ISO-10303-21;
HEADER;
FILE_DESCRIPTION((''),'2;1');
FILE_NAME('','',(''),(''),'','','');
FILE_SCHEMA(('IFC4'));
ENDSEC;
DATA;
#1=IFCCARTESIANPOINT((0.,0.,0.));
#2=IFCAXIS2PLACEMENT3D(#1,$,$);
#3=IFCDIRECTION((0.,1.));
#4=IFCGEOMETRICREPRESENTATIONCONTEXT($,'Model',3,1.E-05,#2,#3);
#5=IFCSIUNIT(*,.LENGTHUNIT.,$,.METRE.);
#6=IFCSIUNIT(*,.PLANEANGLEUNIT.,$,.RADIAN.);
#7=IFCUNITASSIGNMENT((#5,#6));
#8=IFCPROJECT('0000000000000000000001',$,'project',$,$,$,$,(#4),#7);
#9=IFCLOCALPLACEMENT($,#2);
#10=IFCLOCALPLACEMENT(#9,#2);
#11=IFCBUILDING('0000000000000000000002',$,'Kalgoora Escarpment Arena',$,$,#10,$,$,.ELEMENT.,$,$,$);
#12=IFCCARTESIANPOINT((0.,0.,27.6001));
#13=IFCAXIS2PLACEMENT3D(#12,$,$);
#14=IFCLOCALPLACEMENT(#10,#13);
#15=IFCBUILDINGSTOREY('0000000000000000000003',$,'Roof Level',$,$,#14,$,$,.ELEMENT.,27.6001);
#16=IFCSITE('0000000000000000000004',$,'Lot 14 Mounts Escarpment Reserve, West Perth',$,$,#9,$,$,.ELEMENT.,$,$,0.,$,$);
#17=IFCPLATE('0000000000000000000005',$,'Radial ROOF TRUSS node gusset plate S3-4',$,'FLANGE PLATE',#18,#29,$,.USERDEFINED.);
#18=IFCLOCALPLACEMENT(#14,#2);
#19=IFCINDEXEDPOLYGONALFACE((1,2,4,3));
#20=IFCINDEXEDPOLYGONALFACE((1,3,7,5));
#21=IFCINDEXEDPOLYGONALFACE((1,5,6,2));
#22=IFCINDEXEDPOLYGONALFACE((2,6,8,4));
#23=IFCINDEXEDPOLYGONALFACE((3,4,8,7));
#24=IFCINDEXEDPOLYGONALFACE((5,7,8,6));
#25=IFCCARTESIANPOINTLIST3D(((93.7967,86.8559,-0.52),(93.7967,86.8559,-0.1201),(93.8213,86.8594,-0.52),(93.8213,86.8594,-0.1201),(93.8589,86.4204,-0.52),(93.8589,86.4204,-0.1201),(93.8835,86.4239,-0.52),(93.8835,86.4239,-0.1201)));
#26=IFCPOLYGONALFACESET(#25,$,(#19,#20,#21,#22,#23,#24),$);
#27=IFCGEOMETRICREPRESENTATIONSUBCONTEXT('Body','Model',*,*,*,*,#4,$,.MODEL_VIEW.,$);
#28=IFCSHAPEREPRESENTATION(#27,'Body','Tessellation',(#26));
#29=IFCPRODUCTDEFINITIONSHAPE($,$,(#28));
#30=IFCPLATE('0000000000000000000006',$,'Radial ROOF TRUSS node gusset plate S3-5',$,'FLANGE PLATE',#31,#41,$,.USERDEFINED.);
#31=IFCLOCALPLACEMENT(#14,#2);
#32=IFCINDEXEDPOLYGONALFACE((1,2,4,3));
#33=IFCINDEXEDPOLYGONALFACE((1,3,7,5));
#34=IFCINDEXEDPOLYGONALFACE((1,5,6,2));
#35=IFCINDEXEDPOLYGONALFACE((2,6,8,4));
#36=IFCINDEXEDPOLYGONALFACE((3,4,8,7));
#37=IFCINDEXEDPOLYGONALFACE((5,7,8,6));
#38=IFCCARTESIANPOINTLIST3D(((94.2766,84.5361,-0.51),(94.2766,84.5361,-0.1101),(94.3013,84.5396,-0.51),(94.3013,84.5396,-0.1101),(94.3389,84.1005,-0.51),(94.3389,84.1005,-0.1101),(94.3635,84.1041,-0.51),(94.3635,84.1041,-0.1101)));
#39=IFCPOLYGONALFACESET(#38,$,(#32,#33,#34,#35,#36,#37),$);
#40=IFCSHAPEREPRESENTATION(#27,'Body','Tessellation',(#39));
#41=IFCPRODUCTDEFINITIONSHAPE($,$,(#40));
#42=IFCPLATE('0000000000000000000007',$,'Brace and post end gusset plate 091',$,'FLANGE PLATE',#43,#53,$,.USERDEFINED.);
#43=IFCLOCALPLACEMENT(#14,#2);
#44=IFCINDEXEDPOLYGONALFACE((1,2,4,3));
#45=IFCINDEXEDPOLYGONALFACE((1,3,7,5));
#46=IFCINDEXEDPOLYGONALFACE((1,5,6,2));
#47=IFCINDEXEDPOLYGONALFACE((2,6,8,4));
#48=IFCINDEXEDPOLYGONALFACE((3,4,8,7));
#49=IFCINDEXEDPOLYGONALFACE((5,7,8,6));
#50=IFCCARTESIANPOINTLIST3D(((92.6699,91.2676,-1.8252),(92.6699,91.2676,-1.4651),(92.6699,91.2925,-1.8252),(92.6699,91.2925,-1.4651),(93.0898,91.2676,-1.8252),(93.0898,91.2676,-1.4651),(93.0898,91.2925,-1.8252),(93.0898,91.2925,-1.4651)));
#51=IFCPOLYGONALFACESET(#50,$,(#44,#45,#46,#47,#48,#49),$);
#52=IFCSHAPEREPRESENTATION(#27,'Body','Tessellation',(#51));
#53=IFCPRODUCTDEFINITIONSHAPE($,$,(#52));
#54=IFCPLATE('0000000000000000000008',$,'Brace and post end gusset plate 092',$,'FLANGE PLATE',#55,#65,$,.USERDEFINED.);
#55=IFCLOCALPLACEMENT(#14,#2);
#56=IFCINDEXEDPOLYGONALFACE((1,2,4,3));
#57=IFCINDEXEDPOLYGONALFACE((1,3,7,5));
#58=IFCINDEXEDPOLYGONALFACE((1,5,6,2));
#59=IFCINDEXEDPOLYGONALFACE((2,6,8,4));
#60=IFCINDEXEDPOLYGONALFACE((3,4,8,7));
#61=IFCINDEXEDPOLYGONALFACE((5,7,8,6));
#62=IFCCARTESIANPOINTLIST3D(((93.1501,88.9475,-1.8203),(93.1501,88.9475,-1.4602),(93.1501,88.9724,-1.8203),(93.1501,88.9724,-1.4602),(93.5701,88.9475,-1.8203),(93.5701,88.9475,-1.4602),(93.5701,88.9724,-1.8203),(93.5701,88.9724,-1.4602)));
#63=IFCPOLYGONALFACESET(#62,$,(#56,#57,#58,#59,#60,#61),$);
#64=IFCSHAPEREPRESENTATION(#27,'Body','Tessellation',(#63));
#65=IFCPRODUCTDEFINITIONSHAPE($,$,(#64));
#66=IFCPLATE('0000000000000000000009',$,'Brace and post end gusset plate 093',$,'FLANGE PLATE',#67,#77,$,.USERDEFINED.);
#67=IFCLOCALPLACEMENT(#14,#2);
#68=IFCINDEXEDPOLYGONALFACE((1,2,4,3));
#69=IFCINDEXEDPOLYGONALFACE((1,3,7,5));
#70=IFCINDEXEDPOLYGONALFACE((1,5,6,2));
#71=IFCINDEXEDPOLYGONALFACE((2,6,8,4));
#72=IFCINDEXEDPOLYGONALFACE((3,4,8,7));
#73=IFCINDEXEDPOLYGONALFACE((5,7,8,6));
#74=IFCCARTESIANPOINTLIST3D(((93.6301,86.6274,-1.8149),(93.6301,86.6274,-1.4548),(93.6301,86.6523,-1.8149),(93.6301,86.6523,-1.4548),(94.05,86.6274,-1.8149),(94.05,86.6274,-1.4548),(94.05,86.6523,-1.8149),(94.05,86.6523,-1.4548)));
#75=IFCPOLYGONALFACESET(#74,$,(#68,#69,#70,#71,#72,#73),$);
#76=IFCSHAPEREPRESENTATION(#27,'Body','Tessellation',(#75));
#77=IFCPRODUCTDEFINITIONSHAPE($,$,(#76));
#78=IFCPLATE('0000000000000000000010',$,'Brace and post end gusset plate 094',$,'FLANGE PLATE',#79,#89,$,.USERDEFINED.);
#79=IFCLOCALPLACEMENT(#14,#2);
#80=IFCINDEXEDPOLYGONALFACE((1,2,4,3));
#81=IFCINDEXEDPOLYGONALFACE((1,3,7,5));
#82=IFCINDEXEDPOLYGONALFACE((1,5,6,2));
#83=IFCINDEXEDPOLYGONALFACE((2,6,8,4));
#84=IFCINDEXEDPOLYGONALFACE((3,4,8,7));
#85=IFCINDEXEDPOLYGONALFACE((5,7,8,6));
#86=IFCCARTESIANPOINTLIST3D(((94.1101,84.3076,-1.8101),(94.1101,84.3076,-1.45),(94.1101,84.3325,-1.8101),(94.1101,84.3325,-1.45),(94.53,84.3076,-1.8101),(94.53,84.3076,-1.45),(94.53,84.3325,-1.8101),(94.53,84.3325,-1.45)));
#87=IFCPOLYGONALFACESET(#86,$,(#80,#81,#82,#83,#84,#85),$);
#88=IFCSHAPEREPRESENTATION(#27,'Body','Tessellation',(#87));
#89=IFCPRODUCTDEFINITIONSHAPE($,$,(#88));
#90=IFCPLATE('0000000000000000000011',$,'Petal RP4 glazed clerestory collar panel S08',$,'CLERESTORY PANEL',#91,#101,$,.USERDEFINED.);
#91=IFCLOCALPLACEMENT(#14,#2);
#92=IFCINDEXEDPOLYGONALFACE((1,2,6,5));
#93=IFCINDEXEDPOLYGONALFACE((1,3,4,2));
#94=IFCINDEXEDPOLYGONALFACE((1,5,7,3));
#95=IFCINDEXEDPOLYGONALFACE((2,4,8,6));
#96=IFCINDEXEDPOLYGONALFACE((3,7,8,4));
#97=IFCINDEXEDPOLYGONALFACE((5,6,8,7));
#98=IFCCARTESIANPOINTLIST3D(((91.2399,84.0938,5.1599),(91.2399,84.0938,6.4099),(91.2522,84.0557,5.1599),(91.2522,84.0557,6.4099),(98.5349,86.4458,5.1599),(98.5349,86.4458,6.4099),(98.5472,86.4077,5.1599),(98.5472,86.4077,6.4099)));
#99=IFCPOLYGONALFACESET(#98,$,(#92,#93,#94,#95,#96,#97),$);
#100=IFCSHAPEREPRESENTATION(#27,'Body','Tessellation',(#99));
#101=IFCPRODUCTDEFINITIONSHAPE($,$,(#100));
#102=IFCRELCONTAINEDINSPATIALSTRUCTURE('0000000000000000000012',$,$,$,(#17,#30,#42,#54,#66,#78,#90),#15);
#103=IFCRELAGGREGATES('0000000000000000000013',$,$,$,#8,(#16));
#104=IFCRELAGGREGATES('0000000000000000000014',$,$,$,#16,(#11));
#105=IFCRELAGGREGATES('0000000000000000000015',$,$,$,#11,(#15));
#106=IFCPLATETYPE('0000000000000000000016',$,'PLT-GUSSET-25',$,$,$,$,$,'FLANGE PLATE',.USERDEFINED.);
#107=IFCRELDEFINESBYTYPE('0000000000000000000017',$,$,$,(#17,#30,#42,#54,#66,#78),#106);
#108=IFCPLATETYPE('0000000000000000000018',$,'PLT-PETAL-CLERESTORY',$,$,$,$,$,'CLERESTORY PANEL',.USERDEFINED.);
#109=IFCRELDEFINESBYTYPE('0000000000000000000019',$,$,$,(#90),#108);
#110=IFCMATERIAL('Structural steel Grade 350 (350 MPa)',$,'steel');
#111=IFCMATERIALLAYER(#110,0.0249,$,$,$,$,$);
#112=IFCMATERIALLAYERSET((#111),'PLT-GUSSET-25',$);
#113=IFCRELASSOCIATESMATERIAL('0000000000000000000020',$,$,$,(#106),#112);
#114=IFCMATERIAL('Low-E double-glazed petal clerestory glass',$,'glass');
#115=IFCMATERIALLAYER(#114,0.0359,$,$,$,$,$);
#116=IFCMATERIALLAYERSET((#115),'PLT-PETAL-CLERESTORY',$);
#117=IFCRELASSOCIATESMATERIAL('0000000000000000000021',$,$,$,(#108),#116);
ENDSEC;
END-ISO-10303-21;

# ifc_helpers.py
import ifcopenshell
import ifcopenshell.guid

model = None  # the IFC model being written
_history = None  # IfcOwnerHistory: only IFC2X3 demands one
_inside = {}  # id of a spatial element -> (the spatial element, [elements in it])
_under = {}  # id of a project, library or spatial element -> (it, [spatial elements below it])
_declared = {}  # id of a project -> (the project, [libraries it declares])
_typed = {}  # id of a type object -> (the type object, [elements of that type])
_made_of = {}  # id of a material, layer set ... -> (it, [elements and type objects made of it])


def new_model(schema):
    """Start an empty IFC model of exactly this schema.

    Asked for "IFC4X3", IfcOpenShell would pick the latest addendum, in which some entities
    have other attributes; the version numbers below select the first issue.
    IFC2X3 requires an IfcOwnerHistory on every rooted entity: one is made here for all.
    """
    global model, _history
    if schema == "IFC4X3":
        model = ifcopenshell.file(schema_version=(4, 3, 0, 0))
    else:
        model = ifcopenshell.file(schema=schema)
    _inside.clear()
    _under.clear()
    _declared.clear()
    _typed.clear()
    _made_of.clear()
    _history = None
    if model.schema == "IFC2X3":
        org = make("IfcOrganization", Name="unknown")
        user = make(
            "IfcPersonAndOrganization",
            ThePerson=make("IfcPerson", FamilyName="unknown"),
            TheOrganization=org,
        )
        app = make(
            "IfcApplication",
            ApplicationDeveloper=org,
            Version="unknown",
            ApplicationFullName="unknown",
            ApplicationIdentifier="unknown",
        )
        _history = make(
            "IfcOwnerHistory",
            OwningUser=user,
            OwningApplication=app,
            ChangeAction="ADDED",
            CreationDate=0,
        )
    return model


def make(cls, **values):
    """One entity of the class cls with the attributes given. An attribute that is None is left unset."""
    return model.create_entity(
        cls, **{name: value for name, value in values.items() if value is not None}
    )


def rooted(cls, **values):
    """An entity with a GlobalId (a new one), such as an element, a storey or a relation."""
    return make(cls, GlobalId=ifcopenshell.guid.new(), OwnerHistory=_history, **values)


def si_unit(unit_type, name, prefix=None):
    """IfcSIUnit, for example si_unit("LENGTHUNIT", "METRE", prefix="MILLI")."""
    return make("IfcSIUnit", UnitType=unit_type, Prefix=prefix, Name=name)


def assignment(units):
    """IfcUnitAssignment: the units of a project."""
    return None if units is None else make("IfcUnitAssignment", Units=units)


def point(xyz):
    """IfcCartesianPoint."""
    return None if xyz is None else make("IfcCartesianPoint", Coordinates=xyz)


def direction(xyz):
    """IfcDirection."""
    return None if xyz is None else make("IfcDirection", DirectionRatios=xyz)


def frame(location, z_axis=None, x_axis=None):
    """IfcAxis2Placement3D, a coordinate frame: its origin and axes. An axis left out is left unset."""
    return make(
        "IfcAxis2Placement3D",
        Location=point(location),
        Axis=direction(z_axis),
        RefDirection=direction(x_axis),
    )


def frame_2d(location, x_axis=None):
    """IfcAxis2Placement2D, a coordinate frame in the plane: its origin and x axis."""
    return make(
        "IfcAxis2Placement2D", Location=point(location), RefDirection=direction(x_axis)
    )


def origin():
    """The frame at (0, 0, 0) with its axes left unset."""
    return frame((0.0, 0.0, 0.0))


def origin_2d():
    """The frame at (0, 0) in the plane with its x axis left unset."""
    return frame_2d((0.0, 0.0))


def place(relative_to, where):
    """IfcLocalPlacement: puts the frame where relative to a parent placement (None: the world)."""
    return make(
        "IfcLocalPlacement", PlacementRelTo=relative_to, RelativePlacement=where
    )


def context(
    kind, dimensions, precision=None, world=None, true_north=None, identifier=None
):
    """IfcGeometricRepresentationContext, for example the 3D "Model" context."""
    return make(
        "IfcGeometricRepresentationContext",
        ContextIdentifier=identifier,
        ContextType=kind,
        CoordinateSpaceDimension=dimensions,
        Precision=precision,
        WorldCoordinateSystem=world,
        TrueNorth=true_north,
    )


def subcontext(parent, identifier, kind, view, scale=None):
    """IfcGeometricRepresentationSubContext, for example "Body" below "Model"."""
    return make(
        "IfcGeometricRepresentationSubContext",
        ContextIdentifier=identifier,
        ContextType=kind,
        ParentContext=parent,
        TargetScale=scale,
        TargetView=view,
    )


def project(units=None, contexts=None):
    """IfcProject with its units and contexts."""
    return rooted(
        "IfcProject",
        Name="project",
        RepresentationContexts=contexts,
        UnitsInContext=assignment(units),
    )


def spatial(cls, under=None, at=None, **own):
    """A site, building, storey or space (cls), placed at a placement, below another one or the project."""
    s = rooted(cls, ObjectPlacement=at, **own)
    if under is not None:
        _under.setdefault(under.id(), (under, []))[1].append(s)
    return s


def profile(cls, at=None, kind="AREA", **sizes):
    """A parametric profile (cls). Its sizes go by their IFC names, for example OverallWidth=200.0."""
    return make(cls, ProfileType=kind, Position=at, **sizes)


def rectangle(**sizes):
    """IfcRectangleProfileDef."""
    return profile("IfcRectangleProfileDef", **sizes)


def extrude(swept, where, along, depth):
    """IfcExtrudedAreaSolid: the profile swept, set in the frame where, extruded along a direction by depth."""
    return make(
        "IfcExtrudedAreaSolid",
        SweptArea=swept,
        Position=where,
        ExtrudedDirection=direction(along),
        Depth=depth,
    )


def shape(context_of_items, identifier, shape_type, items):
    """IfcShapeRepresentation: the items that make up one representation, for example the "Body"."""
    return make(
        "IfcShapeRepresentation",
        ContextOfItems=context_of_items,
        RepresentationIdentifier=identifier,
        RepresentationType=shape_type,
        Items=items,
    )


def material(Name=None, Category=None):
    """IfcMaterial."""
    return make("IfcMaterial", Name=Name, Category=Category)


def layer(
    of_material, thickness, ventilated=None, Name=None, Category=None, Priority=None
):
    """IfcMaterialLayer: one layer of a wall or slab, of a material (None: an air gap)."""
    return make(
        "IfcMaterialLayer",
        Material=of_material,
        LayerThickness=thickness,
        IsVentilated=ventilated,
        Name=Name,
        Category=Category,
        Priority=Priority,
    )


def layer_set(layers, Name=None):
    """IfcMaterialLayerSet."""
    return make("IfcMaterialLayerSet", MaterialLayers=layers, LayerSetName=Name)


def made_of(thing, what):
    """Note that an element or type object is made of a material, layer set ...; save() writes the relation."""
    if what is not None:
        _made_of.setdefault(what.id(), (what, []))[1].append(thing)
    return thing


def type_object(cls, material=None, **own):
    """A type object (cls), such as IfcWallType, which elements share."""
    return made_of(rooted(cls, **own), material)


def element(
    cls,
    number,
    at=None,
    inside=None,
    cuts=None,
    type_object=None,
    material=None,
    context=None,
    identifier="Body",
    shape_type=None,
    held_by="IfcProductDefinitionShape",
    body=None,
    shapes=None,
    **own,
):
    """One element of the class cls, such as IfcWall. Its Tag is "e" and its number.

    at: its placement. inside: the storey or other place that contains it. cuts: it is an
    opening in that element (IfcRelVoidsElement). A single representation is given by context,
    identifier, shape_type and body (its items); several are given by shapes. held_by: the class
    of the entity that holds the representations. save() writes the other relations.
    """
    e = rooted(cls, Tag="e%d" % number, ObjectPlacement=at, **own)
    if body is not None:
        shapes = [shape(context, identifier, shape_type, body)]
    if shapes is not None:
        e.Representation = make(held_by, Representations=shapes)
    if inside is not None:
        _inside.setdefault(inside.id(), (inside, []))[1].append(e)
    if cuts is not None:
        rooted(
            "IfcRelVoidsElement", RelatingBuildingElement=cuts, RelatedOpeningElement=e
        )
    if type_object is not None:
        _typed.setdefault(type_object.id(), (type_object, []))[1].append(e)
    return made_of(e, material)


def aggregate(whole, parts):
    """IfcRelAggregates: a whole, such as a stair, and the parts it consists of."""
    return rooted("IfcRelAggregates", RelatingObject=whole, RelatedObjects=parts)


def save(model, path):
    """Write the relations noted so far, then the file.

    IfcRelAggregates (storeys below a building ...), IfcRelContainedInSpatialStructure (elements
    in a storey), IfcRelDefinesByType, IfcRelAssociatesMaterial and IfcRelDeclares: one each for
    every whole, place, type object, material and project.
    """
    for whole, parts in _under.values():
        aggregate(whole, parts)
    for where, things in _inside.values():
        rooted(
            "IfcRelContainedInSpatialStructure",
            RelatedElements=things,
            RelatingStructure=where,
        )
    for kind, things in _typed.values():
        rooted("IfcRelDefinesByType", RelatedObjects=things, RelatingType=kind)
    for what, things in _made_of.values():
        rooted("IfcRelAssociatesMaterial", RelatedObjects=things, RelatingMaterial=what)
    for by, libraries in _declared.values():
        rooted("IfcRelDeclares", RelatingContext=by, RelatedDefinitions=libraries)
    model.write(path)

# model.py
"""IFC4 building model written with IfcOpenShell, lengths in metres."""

from ifc_helpers import new_model, si_unit, direction, frame, origin, origin_2d, place, context, subcontext, project, spatial, rectangle, extrude, material, layer, layer_set, type_object, element, save


model = new_model("IFC4")

# Units and contexts
model_context = context("Model", 3, precision=1e-05, world=origin(), true_north=direction((0.0, 1.0)))
body_context = subcontext(model_context, "Body", "Model", "MODEL_VIEW")
ifc_project = project(units=[si_unit("LENGTHUNIT", "METRE"), si_unit("PLANEANGLEUNIT", "RADIAN")], contexts=[model_context])

# Site, building, storey
site_placement = place(None, origin())
site = spatial("IfcSite", under=ifc_project, at=site_placement, Name="Lot 14 Mounts Escarpment Reserve, West Perth", CompositionType="ELEMENT", RefElevation=0.0)
building_placement = place(site_placement, origin())
building = spatial("IfcBuilding", under=site, at=building_placement, Name="Kalgoora Escarpment Arena", CompositionType="ELEMENT")
storey_placement = place(building_placement, frame((0.0, 0.0, 27.6001)))
storey = spatial("IfcBuildingStorey", under=building, at=storey_placement, Name="Roof Level", CompositionType="ELEMENT", Elevation=27.6001)

# Plates
ifc_material_1 = material(Name="Structural steel Grade 350 (350 MPa)", Category="steel")
ifc_layer_1 = layer(ifc_material_1, 0.0249)
ifc_layer_set_1 = layer_set([ifc_layer_1], Name="PLT-GUSSET-25")
plate_type_1 = type_object("IfcPlateType", Name="PLT-GUSSET-25", ElementType="FLANGE PLATE", PredefinedType="USERDEFINED", material=ifc_layer_set_1)
for number, where, z_axis, x_axis, name in (
    (1, (93.8401, 86.6399, -0.52), (0.0, 0.0, 1.0), (0.14142, -0.98995, 0.0), "Radial ROOF TRUSS node gusset plate S3-4"),
    (2, (94.3201, 84.3201, -0.51), (0.0, 0.0, 1.0), (0.14142, -0.98995, 0.0), "Radial ROOF TRUSS node gusset plate S3-5"),
):
    element("IfcPlate", number, at=place(storey_placement, frame(where, z_axis=z_axis, x_axis=x_axis)), inside=storey, type_object=plate_type_1, Name=name, ObjectType="FLANGE PLATE", PredefinedType="USERDEFINED", context=body_context, shape_type="SweptSolid", body=[
        extrude(rectangle(XDim=0.4399, YDim=0.0249, at=origin_2d()), origin(), (0.0, 0.0, 1.0), 0.3999),
    ])
for number, where, z_axis, x_axis, name in (
    (3, (92.8799, 91.28, -1.8252), (0.0, 0.0, 1.0), (1.0, 0.0, 0.0), "Brace and post end gusset plate 091"),
    (4, (93.3601, 88.96, -1.8203), (0.0, 0.0, 1.0), (1.0, 0.0, 0.0), "Brace and post end gusset plate 092"),
    (5, (93.8401, 86.6399, -1.8149), (0.0, 0.0, 1.0), (1.0, 0.0, 0.0), "Brace and post end gusset plate 093"),
    (6, (94.3201, 84.3201, -1.8101), (0.0, 0.0, 1.0), (1.0, 0.0, 0.0), "Brace and post end gusset plate 094"),
):
    element("IfcPlate", number, at=place(storey_placement, frame(where, z_axis=z_axis, x_axis=x_axis)), inside=storey, type_object=plate_type_1, Name=name, ObjectType="FLANGE PLATE", PredefinedType="USERDEFINED", context=body_context, shape_type="SweptSolid", body=[
        extrude(rectangle(XDim=0.4199, YDim=0.0249, at=origin_2d()), origin(), (0.0, 0.0, 1.0), 0.3601),
    ])
ifc_material_2 = material(Name="Low-E double-glazed petal clerestory glass", Category="glass")
ifc_layer_2 = layer(ifc_material_2, 0.0359)
ifc_layer_set_2 = layer_set([ifc_layer_2], Name="PLT-PETAL-CLERESTORY")
plate_type_2 = type_object("IfcPlateType", Name="PLT-PETAL-CLERESTORY", ElementType="CLERESTORY PANEL", PredefinedType="USERDEFINED", material=ifc_layer_set_2)
plate_placement = place(storey_placement, frame((94.8936, 85.2507, 5.1599), z_axis=(0.0, 0.0, 1.0), x_axis=(-0.951755, -0.306858, 0.0)))
element("IfcPlate", 7, at=plate_placement, inside=storey, type_object=plate_type_2, Name="Petal RP4 glazed clerestory collar panel S08", ObjectType="CLERESTORY PANEL", PredefinedType="USERDEFINED", context=body_context, shape_type="SweptSolid", body=[
    extrude(rectangle(XDim=7.6648, YDim=0.04, at=origin_2d()), origin(), (0.0, 0.0, 1.0), 1.25),
])

save(model, "model.ifc")
